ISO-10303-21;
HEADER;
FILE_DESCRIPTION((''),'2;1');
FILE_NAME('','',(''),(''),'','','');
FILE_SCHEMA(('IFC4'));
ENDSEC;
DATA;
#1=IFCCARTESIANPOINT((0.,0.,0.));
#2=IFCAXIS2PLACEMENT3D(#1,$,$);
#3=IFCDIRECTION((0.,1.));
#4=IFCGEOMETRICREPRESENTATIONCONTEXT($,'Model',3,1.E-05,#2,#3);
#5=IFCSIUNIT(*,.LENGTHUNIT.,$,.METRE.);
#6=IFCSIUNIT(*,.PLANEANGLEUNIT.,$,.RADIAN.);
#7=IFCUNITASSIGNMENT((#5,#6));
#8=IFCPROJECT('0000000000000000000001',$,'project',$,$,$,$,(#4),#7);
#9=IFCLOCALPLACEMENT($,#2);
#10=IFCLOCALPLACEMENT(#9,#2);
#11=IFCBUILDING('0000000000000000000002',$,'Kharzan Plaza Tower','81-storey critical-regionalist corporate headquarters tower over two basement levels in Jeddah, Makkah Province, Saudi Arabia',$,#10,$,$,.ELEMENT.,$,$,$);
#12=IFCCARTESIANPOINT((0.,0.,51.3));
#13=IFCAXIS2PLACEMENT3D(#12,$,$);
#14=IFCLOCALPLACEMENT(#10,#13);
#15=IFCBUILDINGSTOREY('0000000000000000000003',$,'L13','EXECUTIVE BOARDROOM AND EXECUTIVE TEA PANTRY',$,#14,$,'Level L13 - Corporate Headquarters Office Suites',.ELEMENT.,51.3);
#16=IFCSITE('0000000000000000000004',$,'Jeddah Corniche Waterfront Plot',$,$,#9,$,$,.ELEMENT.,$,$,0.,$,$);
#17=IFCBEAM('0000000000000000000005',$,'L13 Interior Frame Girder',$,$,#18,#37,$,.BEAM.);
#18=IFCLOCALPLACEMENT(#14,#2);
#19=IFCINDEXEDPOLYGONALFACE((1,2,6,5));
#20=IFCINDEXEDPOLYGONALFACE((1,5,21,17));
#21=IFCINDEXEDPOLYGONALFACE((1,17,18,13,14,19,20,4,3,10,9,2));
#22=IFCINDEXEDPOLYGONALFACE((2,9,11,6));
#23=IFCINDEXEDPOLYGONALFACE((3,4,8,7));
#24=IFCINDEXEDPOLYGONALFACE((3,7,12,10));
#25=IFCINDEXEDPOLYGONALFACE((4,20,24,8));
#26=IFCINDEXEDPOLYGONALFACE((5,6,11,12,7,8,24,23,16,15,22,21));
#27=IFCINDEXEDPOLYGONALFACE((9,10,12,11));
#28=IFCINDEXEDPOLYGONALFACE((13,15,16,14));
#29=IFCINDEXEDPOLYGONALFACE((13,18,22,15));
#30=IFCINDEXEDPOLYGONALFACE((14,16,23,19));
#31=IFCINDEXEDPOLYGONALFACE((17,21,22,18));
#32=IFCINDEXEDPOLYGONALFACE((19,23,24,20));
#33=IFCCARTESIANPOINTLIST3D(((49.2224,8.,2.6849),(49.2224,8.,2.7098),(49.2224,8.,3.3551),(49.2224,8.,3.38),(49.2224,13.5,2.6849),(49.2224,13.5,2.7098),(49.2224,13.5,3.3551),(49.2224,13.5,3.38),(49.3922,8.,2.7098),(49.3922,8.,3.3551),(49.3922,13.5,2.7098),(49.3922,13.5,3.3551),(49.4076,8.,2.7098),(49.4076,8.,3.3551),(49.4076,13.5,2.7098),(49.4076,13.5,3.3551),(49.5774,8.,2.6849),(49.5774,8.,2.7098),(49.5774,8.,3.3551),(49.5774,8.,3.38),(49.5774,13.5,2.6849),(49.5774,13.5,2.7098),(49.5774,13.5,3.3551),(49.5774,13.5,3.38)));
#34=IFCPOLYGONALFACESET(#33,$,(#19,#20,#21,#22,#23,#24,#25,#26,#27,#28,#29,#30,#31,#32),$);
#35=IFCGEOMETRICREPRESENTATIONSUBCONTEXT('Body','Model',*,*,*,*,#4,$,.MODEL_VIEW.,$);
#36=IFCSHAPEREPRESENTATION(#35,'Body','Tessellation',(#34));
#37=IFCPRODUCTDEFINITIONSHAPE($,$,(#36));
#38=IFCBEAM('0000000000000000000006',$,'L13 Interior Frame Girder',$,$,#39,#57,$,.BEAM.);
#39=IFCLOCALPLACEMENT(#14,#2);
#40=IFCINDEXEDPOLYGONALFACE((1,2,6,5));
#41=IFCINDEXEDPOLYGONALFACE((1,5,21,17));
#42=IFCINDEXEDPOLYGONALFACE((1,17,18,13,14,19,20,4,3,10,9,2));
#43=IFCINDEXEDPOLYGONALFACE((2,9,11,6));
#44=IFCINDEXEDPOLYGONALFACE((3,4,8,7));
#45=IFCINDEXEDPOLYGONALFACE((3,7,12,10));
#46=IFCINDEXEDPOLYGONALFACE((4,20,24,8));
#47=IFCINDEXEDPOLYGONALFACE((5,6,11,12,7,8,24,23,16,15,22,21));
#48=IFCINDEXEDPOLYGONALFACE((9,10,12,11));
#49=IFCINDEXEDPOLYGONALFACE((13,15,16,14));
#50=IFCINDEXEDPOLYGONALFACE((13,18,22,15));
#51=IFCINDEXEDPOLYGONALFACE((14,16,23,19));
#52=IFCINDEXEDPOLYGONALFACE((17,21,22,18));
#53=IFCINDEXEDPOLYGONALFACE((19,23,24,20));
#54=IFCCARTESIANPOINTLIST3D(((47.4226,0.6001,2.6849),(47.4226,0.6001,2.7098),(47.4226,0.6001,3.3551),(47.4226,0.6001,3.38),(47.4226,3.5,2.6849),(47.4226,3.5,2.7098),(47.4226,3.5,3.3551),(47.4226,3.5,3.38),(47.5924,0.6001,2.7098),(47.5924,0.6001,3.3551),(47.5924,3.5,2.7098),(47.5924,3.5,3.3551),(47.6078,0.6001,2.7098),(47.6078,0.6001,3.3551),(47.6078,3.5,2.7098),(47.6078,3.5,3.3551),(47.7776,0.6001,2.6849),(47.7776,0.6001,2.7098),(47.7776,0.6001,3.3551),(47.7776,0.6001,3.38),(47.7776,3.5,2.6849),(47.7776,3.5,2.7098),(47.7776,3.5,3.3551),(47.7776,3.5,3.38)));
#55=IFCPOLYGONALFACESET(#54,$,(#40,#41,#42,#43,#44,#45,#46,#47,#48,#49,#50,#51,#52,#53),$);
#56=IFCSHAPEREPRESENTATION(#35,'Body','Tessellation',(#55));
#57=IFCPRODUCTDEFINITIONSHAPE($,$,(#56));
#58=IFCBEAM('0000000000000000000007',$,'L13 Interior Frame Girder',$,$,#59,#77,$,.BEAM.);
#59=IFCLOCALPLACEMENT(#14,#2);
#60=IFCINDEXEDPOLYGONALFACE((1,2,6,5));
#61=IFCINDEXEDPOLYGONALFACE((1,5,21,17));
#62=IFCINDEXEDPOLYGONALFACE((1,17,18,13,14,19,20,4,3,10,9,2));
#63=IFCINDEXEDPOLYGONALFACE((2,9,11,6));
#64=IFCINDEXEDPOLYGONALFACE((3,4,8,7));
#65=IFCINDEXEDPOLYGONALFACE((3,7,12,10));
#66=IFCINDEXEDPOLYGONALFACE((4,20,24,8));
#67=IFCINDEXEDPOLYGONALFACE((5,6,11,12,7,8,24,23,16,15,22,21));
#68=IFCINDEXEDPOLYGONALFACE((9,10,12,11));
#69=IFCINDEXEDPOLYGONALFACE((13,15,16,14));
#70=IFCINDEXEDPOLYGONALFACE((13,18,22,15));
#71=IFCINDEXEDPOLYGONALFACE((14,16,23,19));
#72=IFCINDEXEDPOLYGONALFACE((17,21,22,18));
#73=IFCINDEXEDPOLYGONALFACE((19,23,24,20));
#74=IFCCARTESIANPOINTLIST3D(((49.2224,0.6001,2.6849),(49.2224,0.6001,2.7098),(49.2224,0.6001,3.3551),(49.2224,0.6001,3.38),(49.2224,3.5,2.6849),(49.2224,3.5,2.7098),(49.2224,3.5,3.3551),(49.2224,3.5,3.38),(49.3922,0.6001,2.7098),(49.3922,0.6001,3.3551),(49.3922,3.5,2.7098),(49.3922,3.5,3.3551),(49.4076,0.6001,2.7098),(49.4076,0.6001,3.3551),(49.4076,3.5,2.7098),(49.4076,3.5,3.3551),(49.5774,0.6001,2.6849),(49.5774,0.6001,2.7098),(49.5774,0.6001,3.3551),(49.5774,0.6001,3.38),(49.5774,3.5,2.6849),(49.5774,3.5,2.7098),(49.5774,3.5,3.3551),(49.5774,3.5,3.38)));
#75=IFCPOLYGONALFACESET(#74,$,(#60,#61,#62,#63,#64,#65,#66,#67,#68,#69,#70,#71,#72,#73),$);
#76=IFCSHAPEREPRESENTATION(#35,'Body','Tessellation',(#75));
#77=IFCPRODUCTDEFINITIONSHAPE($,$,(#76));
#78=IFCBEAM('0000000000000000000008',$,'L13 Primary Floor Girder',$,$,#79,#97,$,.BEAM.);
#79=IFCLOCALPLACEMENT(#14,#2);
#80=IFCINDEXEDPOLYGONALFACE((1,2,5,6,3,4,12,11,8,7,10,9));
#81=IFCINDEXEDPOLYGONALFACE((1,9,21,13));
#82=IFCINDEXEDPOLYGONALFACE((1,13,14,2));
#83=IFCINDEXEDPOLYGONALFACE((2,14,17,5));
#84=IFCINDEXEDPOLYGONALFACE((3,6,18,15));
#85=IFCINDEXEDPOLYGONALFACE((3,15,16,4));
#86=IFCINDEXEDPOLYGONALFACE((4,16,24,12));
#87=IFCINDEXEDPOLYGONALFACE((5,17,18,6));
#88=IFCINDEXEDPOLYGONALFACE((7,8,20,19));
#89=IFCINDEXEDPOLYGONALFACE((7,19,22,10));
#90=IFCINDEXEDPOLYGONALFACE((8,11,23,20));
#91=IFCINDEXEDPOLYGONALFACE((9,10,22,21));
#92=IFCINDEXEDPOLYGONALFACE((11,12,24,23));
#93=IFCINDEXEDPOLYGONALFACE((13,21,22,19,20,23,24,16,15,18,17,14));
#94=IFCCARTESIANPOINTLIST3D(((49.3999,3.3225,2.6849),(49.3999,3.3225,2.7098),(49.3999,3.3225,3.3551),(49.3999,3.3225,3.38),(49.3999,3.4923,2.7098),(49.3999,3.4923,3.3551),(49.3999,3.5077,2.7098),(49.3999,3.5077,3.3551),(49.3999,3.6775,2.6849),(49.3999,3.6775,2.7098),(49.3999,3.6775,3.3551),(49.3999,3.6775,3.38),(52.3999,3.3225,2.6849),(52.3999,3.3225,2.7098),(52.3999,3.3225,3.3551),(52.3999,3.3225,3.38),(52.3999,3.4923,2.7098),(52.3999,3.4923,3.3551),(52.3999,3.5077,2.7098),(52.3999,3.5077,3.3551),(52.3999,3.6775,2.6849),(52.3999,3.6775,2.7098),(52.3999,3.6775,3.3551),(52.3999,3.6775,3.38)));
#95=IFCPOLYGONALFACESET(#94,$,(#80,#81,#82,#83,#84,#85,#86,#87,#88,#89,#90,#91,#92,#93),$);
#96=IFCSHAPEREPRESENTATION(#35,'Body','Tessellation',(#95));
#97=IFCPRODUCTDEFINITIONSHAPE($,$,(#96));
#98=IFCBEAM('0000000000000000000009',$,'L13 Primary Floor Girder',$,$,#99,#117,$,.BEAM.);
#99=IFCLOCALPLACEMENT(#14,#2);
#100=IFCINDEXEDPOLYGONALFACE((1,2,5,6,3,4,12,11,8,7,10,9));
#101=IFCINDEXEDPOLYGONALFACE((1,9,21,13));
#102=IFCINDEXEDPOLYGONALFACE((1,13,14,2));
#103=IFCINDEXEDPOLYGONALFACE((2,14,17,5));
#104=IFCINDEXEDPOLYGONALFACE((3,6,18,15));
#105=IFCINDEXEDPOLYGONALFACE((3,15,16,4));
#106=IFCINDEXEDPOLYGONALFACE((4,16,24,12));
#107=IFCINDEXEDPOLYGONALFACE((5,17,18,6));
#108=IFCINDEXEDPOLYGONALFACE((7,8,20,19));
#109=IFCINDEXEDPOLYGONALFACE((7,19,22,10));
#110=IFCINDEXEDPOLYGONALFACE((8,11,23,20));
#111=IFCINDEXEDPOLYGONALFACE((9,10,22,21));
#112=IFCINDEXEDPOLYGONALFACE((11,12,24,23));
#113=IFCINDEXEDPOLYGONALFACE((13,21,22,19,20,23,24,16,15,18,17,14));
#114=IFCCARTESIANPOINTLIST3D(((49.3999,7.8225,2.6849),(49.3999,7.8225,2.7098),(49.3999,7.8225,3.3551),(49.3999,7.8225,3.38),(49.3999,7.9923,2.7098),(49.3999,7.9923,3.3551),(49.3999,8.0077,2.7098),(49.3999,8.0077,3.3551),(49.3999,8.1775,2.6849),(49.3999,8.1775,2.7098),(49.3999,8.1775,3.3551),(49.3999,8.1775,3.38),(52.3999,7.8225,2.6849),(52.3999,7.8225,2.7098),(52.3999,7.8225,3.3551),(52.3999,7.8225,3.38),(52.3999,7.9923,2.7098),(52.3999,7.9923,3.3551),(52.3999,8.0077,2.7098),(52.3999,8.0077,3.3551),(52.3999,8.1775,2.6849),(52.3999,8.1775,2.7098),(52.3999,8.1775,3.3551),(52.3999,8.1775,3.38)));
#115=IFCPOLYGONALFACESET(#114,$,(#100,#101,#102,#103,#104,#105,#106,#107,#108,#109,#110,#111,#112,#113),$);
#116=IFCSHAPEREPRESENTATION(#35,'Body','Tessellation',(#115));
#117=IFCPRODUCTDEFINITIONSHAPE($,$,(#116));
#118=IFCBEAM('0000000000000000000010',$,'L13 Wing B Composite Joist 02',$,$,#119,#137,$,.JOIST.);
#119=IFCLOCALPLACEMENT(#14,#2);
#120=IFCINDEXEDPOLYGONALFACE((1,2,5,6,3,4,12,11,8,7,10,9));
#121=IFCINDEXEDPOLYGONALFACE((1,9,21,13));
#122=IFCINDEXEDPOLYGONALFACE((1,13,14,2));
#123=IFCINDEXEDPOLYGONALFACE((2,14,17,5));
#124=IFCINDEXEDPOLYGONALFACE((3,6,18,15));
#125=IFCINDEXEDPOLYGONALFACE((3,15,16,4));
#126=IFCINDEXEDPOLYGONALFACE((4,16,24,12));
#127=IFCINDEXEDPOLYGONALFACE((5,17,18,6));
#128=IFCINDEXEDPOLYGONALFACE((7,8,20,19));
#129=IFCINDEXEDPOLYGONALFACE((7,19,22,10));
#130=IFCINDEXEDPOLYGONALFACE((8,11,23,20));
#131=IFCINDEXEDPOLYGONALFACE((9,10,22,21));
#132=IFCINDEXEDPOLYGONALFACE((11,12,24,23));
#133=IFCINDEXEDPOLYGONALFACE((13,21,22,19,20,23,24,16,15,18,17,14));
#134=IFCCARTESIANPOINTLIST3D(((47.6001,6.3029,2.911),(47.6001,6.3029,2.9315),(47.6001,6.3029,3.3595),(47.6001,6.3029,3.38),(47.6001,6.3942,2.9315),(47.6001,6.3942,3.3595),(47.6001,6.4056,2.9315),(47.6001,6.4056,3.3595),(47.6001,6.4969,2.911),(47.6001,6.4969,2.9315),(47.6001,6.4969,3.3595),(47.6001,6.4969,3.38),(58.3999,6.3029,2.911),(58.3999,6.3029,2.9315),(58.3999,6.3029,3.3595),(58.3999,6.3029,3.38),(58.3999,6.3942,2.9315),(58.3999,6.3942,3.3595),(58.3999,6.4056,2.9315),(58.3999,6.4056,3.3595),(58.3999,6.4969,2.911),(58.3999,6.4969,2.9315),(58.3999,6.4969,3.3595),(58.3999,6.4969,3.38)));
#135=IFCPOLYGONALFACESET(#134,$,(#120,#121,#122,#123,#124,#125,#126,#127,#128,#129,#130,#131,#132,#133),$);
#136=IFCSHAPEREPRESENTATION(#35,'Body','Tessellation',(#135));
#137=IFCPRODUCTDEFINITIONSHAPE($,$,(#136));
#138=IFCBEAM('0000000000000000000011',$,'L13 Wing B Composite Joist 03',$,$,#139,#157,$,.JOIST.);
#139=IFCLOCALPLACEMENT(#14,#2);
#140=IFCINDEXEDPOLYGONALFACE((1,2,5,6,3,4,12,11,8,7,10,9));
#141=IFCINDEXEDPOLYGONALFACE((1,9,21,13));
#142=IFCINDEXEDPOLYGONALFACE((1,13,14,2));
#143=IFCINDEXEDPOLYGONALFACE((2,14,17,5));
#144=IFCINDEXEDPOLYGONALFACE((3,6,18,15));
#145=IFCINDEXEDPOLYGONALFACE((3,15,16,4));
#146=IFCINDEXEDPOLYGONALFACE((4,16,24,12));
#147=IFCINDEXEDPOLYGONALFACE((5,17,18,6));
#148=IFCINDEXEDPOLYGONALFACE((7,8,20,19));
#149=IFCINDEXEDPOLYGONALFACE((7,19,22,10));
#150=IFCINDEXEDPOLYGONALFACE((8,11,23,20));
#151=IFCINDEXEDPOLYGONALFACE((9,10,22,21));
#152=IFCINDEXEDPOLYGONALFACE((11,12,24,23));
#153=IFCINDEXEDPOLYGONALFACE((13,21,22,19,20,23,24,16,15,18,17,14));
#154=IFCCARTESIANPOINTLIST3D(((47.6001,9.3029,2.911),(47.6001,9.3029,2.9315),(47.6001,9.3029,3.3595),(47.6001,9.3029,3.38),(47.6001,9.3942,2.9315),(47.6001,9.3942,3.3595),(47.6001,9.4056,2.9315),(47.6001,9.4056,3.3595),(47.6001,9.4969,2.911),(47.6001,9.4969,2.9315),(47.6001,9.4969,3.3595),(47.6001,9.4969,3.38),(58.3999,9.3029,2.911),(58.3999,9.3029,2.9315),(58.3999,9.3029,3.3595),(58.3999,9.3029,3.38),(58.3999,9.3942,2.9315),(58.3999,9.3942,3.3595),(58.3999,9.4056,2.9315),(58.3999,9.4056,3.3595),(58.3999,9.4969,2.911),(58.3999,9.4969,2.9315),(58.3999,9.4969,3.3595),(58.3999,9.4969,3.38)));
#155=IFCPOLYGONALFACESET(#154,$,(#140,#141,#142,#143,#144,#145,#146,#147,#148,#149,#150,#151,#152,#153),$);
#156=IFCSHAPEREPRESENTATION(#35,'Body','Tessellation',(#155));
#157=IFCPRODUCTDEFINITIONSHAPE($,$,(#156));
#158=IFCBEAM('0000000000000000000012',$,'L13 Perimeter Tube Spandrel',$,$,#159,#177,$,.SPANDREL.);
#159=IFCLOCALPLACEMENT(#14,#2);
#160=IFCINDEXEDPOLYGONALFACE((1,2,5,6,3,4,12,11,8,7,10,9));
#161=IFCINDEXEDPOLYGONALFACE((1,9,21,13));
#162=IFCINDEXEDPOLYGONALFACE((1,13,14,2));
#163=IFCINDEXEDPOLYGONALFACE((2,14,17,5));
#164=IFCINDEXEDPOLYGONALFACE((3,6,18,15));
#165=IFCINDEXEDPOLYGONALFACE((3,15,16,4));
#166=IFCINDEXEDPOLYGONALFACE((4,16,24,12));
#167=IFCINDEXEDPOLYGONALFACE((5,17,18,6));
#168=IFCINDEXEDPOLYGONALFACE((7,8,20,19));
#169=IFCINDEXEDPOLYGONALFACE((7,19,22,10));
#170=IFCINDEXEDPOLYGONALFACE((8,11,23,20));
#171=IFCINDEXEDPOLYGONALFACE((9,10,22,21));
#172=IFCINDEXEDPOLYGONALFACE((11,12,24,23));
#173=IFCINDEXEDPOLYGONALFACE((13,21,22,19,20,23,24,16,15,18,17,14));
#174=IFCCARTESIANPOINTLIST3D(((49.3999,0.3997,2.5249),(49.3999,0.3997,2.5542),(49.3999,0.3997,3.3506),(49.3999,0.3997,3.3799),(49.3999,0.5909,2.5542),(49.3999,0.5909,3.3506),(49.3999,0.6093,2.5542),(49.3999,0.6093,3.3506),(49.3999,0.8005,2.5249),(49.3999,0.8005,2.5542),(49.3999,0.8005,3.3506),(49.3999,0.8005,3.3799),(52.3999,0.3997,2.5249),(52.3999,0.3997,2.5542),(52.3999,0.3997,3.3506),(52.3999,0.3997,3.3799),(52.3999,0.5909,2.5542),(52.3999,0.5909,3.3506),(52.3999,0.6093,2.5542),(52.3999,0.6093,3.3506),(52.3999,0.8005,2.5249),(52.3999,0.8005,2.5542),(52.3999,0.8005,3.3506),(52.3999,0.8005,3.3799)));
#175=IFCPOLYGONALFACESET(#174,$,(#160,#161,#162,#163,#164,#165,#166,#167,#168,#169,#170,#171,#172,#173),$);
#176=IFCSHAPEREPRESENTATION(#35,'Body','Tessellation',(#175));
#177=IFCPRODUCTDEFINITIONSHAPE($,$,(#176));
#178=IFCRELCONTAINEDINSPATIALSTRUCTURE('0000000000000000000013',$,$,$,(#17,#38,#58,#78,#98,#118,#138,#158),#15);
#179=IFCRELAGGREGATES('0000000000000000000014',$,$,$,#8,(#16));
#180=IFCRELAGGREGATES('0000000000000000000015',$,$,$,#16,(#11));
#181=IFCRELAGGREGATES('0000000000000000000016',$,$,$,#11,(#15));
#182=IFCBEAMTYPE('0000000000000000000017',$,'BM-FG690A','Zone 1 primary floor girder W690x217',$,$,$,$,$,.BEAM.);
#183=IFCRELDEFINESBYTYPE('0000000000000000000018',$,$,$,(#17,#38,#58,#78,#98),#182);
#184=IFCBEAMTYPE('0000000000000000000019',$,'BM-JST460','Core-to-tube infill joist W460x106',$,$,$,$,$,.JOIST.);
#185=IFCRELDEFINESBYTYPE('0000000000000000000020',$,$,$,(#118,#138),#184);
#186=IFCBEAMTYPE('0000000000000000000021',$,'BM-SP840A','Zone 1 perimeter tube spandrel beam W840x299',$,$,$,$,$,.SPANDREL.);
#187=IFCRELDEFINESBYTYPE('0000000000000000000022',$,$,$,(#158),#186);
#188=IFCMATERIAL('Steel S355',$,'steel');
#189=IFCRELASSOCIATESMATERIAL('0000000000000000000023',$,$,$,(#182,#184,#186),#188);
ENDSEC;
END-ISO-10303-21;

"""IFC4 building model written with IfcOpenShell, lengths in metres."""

from ifc_helpers import new_model, si_unit, direction, frame, origin, origin_2d, place, context, subcontext, project, spatial, i_section, extrude, source, transform, mapped, material, material_profile, profile_set, type_object, element, save


model = new_model("IFC4")

# Units and contexts
model_context = context("Model", 3, precision=1e-05, world=origin(), true_north=direction((0.0, 1.0)))
body_context = subcontext(model_context, "Body", "Model", "MODEL_VIEW")
ifc_project = project(units=[si_unit("LENGTHUNIT", "METRE"), si_unit("PLANEANGLEUNIT", "RADIAN")], contexts=[model_context])

# Site, building, storey
site_placement = place(None, origin())
site = spatial("IfcSite", under=ifc_project, at=site_placement, Name="Jeddah Corniche Waterfront Plot", CompositionType="ELEMENT", RefElevation=0.0)
building_placement = place(site_placement, origin())
building = spatial("IfcBuilding", under=site, at=building_placement, Name="Kharzan Plaza Tower", Description="81-storey critical-regionalist corporate headquarters tower over two basement levels in Jeddah, Makkah Province, Saudi Arabia", CompositionType="ELEMENT")
storey_placement = place(building_placement, frame((0.0, 0.0, 51.3)))
storey = spatial("IfcBuildingStorey", under=building, at=storey_placement, Name="L13", Description="EXECUTIVE BOARDROOM AND EXECUTIVE TEA PANTRY", LongName="Level L13 - Corporate Headquarters Office Suites", CompositionType="ELEMENT", Elevation=51.3)

# Beams
ifc_material_1 = material(Name="Steel S355", Category="steel")
ifc_material_profile_1 = material_profile(ifc_material_1, i_section(OverallWidth=0.355, OverallDepth=0.6951, WebThickness=0.0154, FlangeThickness=0.0249, at=origin_2d()), Name="W690x217")
ifc_profile_set_1 = profile_set([ifc_material_profile_1], Name="Steel S355")
beam_type_1 = type_object("IfcBeamType", Name="BM-FG690A", Description="Zone 1 primary floor girder W690x217", PredefinedType="BEAM", material=ifc_profile_set_1)
shared_shape_1 = source(origin(), body_context, "Body", "SweptSolid", [
    extrude(i_section(OverallWidth=0.355, OverallDepth=0.6951, WebThickness=0.0154, FlangeThickness=0.0249, at=origin_2d()), origin(), (0.0, 0.0, 1.0), 5.5),
])
for number, where, z_axis, x_axis, name in (
    (1, (49.3999, 8.0, 3.0325), (0.0, 1.0, 0.0), (-1.0, 0.0, 0.0), "L13 Interior Frame Girder"),
):
    element("IfcBeam", number, at=place(storey_placement, frame(where, z_axis=z_axis, x_axis=x_axis)), inside=storey, type_object=beam_type_1, Name=name, PredefinedType="BEAM", context=body_context, shape_type="MappedRepresentation", body=[
        mapped(shared_shape_1, transform((0.0, 0.0, 0.0), x_axis=(1.0, 0.0, 0.0), y_axis=(0.0, 1.0, 0.0), z_axis=(0.0, 0.0, 1.0))),
    ])
shared_shape_2 = source(origin(), body_context, "Body", "SweptSolid", [
    extrude(i_section(OverallWidth=0.355, OverallDepth=0.6951, WebThickness=0.0154, FlangeThickness=0.0249, at=origin_2d()), origin(), (0.0, 0.0, 1.0), 2.8999),
])
for number, where, z_axis, x_axis, name in (
    (2, (47.6001, 0.6001, 3.0325), (0.0, 1.0, 0.0), (-1.0, 0.0, 0.0), "L13 Interior Frame Girder"),
    (3, (49.3999, 0.6001, 3.0325), (0.0, 1.0, 0.0), (-1.0, 0.0, 0.0), "L13 Interior Frame Girder"),
):
    element("IfcBeam", number, at=place(storey_placement, frame(where, z_axis=z_axis, x_axis=x_axis)), inside=storey, type_object=beam_type_1, Name=name, PredefinedType="BEAM", context=body_context, shape_type="MappedRepresentation", body=[
        mapped(shared_shape_2, transform((0.0, 0.0, 0.0), x_axis=(1.0, 0.0, 0.0), y_axis=(0.0, 1.0, 0.0), z_axis=(0.0, 0.0, 1.0))),
    ])
shared_shape_3 = source(origin(), body_context, "Body", "SweptSolid", [
    extrude(i_section(OverallWidth=0.355, OverallDepth=0.6951, WebThickness=0.0154, FlangeThickness=0.0249, at=origin_2d()), origin(), (0.0, 0.0, 1.0), 3.0),
])
for number, where, z_axis, x_axis, name in (
    (4, (49.3999, 3.5, 3.0325), (1.0, 0.0, 0.0), (0.0, 1.0, 0.0), "L13 Primary Floor Girder"),
    (5, (49.3999, 8.0, 3.0325), (1.0, 0.0, 0.0), (0.0, 1.0, 0.0), "L13 Primary Floor Girder"),
):
    element("IfcBeam", number, at=place(storey_placement, frame(where, z_axis=z_axis, x_axis=x_axis)), inside=storey, type_object=beam_type_1, Name=name, PredefinedType="BEAM", context=body_context, shape_type="MappedRepresentation", body=[
        mapped(shared_shape_3, transform((0.0, 0.0, 0.0), x_axis=(1.0, 0.0, 0.0), y_axis=(0.0, 1.0, 0.0), z_axis=(0.0, 0.0, 1.0))),
    ])
ifc_material_profile_2 = material_profile(ifc_material_1, i_section(OverallWidth=0.1941, OverallDepth=0.469, WebThickness=0.0115, FlangeThickness=0.0205, at=origin_2d()), Name="W460x106")
ifc_profile_set_2 = profile_set([ifc_material_profile_2], Name="Steel S355")
beam_type_2 = type_object("IfcBeamType", Name="BM-JST460", Description="Core-to-tube infill joist W460x106", PredefinedType="JOIST", material=ifc_profile_set_2)
shared_shape_4 = source(origin(), body_context, "Body", "SweptSolid", [
    extrude(i_section(OverallWidth=0.1941, OverallDepth=0.469, WebThickness=0.0115, FlangeThickness=0.0205, at=origin_2d()), origin(), (0.0, 0.0, 1.0), 10.7998),
])
for number, where, z_axis, x_axis, name in (
    (6, (47.6001, 6.3999, 3.1455), (1.0, 0.0, 0.0), (0.0, 1.0, 0.0), "L13 Wing B Composite Joist 02"),
    (7, (47.6001, 9.3999, 3.1455), (1.0, 0.0, 0.0), (0.0, 1.0, 0.0), "L13 Wing B Composite Joist 03"),
):
    element("IfcBeam", number, at=place(storey_placement, frame(where, z_axis=z_axis, x_axis=x_axis)), inside=storey, type_object=beam_type_2, Name=name, PredefinedType="JOIST", context=body_context, shape_type="MappedRepresentation", body=[
        mapped(shared_shape_4, transform((0.0, 0.0, 0.0), x_axis=(1.0, 0.0, 0.0), y_axis=(0.0, 1.0, 0.0), z_axis=(0.0, 0.0, 1.0))),
    ])
ifc_material_profile_3 = material_profile(ifc_material_1, i_section(OverallWidth=0.4009, OverallDepth=0.855, WebThickness=0.0183, FlangeThickness=0.0293, at=origin_2d()), Name="W840x299")
ifc_profile_set_3 = profile_set([ifc_material_profile_3], Name="Steel S355")
beam_type_3 = type_object("IfcBeamType", Name="BM-SP840A", Description="Zone 1 perimeter tube spandrel beam W840x299", PredefinedType="SPANDREL", material=ifc_profile_set_3)
shared_shape_5 = source(origin(), body_context, "Body", "SweptSolid", [
    extrude(i_section(OverallWidth=0.4009, OverallDepth=0.855, WebThickness=0.0183, FlangeThickness=0.0293, at=origin_2d()), origin(), (0.0, 0.0, 1.0), 3.0),
])
beam_1_placement = place(storey_placement, frame((49.3999, 0.6001, 2.9524), z_axis=(1.0, 0.0, 0.0), x_axis=(0.0, 1.0, 0.0)))
element("IfcBeam", 8, at=beam_1_placement, inside=storey, type_object=beam_type_3, Name="L13 Perimeter Tube Spandrel", PredefinedType="SPANDREL", context=body_context, shape_type="MappedRepresentation", body=[
    mapped(shared_shape_5, transform((0.0, 0.0, 0.0), x_axis=(1.0, 0.0, 0.0), y_axis=(0.0, 1.0, 0.0), z_axis=(0.0, 0.0, 1.0))),
])

save(model, "model.ifc")
